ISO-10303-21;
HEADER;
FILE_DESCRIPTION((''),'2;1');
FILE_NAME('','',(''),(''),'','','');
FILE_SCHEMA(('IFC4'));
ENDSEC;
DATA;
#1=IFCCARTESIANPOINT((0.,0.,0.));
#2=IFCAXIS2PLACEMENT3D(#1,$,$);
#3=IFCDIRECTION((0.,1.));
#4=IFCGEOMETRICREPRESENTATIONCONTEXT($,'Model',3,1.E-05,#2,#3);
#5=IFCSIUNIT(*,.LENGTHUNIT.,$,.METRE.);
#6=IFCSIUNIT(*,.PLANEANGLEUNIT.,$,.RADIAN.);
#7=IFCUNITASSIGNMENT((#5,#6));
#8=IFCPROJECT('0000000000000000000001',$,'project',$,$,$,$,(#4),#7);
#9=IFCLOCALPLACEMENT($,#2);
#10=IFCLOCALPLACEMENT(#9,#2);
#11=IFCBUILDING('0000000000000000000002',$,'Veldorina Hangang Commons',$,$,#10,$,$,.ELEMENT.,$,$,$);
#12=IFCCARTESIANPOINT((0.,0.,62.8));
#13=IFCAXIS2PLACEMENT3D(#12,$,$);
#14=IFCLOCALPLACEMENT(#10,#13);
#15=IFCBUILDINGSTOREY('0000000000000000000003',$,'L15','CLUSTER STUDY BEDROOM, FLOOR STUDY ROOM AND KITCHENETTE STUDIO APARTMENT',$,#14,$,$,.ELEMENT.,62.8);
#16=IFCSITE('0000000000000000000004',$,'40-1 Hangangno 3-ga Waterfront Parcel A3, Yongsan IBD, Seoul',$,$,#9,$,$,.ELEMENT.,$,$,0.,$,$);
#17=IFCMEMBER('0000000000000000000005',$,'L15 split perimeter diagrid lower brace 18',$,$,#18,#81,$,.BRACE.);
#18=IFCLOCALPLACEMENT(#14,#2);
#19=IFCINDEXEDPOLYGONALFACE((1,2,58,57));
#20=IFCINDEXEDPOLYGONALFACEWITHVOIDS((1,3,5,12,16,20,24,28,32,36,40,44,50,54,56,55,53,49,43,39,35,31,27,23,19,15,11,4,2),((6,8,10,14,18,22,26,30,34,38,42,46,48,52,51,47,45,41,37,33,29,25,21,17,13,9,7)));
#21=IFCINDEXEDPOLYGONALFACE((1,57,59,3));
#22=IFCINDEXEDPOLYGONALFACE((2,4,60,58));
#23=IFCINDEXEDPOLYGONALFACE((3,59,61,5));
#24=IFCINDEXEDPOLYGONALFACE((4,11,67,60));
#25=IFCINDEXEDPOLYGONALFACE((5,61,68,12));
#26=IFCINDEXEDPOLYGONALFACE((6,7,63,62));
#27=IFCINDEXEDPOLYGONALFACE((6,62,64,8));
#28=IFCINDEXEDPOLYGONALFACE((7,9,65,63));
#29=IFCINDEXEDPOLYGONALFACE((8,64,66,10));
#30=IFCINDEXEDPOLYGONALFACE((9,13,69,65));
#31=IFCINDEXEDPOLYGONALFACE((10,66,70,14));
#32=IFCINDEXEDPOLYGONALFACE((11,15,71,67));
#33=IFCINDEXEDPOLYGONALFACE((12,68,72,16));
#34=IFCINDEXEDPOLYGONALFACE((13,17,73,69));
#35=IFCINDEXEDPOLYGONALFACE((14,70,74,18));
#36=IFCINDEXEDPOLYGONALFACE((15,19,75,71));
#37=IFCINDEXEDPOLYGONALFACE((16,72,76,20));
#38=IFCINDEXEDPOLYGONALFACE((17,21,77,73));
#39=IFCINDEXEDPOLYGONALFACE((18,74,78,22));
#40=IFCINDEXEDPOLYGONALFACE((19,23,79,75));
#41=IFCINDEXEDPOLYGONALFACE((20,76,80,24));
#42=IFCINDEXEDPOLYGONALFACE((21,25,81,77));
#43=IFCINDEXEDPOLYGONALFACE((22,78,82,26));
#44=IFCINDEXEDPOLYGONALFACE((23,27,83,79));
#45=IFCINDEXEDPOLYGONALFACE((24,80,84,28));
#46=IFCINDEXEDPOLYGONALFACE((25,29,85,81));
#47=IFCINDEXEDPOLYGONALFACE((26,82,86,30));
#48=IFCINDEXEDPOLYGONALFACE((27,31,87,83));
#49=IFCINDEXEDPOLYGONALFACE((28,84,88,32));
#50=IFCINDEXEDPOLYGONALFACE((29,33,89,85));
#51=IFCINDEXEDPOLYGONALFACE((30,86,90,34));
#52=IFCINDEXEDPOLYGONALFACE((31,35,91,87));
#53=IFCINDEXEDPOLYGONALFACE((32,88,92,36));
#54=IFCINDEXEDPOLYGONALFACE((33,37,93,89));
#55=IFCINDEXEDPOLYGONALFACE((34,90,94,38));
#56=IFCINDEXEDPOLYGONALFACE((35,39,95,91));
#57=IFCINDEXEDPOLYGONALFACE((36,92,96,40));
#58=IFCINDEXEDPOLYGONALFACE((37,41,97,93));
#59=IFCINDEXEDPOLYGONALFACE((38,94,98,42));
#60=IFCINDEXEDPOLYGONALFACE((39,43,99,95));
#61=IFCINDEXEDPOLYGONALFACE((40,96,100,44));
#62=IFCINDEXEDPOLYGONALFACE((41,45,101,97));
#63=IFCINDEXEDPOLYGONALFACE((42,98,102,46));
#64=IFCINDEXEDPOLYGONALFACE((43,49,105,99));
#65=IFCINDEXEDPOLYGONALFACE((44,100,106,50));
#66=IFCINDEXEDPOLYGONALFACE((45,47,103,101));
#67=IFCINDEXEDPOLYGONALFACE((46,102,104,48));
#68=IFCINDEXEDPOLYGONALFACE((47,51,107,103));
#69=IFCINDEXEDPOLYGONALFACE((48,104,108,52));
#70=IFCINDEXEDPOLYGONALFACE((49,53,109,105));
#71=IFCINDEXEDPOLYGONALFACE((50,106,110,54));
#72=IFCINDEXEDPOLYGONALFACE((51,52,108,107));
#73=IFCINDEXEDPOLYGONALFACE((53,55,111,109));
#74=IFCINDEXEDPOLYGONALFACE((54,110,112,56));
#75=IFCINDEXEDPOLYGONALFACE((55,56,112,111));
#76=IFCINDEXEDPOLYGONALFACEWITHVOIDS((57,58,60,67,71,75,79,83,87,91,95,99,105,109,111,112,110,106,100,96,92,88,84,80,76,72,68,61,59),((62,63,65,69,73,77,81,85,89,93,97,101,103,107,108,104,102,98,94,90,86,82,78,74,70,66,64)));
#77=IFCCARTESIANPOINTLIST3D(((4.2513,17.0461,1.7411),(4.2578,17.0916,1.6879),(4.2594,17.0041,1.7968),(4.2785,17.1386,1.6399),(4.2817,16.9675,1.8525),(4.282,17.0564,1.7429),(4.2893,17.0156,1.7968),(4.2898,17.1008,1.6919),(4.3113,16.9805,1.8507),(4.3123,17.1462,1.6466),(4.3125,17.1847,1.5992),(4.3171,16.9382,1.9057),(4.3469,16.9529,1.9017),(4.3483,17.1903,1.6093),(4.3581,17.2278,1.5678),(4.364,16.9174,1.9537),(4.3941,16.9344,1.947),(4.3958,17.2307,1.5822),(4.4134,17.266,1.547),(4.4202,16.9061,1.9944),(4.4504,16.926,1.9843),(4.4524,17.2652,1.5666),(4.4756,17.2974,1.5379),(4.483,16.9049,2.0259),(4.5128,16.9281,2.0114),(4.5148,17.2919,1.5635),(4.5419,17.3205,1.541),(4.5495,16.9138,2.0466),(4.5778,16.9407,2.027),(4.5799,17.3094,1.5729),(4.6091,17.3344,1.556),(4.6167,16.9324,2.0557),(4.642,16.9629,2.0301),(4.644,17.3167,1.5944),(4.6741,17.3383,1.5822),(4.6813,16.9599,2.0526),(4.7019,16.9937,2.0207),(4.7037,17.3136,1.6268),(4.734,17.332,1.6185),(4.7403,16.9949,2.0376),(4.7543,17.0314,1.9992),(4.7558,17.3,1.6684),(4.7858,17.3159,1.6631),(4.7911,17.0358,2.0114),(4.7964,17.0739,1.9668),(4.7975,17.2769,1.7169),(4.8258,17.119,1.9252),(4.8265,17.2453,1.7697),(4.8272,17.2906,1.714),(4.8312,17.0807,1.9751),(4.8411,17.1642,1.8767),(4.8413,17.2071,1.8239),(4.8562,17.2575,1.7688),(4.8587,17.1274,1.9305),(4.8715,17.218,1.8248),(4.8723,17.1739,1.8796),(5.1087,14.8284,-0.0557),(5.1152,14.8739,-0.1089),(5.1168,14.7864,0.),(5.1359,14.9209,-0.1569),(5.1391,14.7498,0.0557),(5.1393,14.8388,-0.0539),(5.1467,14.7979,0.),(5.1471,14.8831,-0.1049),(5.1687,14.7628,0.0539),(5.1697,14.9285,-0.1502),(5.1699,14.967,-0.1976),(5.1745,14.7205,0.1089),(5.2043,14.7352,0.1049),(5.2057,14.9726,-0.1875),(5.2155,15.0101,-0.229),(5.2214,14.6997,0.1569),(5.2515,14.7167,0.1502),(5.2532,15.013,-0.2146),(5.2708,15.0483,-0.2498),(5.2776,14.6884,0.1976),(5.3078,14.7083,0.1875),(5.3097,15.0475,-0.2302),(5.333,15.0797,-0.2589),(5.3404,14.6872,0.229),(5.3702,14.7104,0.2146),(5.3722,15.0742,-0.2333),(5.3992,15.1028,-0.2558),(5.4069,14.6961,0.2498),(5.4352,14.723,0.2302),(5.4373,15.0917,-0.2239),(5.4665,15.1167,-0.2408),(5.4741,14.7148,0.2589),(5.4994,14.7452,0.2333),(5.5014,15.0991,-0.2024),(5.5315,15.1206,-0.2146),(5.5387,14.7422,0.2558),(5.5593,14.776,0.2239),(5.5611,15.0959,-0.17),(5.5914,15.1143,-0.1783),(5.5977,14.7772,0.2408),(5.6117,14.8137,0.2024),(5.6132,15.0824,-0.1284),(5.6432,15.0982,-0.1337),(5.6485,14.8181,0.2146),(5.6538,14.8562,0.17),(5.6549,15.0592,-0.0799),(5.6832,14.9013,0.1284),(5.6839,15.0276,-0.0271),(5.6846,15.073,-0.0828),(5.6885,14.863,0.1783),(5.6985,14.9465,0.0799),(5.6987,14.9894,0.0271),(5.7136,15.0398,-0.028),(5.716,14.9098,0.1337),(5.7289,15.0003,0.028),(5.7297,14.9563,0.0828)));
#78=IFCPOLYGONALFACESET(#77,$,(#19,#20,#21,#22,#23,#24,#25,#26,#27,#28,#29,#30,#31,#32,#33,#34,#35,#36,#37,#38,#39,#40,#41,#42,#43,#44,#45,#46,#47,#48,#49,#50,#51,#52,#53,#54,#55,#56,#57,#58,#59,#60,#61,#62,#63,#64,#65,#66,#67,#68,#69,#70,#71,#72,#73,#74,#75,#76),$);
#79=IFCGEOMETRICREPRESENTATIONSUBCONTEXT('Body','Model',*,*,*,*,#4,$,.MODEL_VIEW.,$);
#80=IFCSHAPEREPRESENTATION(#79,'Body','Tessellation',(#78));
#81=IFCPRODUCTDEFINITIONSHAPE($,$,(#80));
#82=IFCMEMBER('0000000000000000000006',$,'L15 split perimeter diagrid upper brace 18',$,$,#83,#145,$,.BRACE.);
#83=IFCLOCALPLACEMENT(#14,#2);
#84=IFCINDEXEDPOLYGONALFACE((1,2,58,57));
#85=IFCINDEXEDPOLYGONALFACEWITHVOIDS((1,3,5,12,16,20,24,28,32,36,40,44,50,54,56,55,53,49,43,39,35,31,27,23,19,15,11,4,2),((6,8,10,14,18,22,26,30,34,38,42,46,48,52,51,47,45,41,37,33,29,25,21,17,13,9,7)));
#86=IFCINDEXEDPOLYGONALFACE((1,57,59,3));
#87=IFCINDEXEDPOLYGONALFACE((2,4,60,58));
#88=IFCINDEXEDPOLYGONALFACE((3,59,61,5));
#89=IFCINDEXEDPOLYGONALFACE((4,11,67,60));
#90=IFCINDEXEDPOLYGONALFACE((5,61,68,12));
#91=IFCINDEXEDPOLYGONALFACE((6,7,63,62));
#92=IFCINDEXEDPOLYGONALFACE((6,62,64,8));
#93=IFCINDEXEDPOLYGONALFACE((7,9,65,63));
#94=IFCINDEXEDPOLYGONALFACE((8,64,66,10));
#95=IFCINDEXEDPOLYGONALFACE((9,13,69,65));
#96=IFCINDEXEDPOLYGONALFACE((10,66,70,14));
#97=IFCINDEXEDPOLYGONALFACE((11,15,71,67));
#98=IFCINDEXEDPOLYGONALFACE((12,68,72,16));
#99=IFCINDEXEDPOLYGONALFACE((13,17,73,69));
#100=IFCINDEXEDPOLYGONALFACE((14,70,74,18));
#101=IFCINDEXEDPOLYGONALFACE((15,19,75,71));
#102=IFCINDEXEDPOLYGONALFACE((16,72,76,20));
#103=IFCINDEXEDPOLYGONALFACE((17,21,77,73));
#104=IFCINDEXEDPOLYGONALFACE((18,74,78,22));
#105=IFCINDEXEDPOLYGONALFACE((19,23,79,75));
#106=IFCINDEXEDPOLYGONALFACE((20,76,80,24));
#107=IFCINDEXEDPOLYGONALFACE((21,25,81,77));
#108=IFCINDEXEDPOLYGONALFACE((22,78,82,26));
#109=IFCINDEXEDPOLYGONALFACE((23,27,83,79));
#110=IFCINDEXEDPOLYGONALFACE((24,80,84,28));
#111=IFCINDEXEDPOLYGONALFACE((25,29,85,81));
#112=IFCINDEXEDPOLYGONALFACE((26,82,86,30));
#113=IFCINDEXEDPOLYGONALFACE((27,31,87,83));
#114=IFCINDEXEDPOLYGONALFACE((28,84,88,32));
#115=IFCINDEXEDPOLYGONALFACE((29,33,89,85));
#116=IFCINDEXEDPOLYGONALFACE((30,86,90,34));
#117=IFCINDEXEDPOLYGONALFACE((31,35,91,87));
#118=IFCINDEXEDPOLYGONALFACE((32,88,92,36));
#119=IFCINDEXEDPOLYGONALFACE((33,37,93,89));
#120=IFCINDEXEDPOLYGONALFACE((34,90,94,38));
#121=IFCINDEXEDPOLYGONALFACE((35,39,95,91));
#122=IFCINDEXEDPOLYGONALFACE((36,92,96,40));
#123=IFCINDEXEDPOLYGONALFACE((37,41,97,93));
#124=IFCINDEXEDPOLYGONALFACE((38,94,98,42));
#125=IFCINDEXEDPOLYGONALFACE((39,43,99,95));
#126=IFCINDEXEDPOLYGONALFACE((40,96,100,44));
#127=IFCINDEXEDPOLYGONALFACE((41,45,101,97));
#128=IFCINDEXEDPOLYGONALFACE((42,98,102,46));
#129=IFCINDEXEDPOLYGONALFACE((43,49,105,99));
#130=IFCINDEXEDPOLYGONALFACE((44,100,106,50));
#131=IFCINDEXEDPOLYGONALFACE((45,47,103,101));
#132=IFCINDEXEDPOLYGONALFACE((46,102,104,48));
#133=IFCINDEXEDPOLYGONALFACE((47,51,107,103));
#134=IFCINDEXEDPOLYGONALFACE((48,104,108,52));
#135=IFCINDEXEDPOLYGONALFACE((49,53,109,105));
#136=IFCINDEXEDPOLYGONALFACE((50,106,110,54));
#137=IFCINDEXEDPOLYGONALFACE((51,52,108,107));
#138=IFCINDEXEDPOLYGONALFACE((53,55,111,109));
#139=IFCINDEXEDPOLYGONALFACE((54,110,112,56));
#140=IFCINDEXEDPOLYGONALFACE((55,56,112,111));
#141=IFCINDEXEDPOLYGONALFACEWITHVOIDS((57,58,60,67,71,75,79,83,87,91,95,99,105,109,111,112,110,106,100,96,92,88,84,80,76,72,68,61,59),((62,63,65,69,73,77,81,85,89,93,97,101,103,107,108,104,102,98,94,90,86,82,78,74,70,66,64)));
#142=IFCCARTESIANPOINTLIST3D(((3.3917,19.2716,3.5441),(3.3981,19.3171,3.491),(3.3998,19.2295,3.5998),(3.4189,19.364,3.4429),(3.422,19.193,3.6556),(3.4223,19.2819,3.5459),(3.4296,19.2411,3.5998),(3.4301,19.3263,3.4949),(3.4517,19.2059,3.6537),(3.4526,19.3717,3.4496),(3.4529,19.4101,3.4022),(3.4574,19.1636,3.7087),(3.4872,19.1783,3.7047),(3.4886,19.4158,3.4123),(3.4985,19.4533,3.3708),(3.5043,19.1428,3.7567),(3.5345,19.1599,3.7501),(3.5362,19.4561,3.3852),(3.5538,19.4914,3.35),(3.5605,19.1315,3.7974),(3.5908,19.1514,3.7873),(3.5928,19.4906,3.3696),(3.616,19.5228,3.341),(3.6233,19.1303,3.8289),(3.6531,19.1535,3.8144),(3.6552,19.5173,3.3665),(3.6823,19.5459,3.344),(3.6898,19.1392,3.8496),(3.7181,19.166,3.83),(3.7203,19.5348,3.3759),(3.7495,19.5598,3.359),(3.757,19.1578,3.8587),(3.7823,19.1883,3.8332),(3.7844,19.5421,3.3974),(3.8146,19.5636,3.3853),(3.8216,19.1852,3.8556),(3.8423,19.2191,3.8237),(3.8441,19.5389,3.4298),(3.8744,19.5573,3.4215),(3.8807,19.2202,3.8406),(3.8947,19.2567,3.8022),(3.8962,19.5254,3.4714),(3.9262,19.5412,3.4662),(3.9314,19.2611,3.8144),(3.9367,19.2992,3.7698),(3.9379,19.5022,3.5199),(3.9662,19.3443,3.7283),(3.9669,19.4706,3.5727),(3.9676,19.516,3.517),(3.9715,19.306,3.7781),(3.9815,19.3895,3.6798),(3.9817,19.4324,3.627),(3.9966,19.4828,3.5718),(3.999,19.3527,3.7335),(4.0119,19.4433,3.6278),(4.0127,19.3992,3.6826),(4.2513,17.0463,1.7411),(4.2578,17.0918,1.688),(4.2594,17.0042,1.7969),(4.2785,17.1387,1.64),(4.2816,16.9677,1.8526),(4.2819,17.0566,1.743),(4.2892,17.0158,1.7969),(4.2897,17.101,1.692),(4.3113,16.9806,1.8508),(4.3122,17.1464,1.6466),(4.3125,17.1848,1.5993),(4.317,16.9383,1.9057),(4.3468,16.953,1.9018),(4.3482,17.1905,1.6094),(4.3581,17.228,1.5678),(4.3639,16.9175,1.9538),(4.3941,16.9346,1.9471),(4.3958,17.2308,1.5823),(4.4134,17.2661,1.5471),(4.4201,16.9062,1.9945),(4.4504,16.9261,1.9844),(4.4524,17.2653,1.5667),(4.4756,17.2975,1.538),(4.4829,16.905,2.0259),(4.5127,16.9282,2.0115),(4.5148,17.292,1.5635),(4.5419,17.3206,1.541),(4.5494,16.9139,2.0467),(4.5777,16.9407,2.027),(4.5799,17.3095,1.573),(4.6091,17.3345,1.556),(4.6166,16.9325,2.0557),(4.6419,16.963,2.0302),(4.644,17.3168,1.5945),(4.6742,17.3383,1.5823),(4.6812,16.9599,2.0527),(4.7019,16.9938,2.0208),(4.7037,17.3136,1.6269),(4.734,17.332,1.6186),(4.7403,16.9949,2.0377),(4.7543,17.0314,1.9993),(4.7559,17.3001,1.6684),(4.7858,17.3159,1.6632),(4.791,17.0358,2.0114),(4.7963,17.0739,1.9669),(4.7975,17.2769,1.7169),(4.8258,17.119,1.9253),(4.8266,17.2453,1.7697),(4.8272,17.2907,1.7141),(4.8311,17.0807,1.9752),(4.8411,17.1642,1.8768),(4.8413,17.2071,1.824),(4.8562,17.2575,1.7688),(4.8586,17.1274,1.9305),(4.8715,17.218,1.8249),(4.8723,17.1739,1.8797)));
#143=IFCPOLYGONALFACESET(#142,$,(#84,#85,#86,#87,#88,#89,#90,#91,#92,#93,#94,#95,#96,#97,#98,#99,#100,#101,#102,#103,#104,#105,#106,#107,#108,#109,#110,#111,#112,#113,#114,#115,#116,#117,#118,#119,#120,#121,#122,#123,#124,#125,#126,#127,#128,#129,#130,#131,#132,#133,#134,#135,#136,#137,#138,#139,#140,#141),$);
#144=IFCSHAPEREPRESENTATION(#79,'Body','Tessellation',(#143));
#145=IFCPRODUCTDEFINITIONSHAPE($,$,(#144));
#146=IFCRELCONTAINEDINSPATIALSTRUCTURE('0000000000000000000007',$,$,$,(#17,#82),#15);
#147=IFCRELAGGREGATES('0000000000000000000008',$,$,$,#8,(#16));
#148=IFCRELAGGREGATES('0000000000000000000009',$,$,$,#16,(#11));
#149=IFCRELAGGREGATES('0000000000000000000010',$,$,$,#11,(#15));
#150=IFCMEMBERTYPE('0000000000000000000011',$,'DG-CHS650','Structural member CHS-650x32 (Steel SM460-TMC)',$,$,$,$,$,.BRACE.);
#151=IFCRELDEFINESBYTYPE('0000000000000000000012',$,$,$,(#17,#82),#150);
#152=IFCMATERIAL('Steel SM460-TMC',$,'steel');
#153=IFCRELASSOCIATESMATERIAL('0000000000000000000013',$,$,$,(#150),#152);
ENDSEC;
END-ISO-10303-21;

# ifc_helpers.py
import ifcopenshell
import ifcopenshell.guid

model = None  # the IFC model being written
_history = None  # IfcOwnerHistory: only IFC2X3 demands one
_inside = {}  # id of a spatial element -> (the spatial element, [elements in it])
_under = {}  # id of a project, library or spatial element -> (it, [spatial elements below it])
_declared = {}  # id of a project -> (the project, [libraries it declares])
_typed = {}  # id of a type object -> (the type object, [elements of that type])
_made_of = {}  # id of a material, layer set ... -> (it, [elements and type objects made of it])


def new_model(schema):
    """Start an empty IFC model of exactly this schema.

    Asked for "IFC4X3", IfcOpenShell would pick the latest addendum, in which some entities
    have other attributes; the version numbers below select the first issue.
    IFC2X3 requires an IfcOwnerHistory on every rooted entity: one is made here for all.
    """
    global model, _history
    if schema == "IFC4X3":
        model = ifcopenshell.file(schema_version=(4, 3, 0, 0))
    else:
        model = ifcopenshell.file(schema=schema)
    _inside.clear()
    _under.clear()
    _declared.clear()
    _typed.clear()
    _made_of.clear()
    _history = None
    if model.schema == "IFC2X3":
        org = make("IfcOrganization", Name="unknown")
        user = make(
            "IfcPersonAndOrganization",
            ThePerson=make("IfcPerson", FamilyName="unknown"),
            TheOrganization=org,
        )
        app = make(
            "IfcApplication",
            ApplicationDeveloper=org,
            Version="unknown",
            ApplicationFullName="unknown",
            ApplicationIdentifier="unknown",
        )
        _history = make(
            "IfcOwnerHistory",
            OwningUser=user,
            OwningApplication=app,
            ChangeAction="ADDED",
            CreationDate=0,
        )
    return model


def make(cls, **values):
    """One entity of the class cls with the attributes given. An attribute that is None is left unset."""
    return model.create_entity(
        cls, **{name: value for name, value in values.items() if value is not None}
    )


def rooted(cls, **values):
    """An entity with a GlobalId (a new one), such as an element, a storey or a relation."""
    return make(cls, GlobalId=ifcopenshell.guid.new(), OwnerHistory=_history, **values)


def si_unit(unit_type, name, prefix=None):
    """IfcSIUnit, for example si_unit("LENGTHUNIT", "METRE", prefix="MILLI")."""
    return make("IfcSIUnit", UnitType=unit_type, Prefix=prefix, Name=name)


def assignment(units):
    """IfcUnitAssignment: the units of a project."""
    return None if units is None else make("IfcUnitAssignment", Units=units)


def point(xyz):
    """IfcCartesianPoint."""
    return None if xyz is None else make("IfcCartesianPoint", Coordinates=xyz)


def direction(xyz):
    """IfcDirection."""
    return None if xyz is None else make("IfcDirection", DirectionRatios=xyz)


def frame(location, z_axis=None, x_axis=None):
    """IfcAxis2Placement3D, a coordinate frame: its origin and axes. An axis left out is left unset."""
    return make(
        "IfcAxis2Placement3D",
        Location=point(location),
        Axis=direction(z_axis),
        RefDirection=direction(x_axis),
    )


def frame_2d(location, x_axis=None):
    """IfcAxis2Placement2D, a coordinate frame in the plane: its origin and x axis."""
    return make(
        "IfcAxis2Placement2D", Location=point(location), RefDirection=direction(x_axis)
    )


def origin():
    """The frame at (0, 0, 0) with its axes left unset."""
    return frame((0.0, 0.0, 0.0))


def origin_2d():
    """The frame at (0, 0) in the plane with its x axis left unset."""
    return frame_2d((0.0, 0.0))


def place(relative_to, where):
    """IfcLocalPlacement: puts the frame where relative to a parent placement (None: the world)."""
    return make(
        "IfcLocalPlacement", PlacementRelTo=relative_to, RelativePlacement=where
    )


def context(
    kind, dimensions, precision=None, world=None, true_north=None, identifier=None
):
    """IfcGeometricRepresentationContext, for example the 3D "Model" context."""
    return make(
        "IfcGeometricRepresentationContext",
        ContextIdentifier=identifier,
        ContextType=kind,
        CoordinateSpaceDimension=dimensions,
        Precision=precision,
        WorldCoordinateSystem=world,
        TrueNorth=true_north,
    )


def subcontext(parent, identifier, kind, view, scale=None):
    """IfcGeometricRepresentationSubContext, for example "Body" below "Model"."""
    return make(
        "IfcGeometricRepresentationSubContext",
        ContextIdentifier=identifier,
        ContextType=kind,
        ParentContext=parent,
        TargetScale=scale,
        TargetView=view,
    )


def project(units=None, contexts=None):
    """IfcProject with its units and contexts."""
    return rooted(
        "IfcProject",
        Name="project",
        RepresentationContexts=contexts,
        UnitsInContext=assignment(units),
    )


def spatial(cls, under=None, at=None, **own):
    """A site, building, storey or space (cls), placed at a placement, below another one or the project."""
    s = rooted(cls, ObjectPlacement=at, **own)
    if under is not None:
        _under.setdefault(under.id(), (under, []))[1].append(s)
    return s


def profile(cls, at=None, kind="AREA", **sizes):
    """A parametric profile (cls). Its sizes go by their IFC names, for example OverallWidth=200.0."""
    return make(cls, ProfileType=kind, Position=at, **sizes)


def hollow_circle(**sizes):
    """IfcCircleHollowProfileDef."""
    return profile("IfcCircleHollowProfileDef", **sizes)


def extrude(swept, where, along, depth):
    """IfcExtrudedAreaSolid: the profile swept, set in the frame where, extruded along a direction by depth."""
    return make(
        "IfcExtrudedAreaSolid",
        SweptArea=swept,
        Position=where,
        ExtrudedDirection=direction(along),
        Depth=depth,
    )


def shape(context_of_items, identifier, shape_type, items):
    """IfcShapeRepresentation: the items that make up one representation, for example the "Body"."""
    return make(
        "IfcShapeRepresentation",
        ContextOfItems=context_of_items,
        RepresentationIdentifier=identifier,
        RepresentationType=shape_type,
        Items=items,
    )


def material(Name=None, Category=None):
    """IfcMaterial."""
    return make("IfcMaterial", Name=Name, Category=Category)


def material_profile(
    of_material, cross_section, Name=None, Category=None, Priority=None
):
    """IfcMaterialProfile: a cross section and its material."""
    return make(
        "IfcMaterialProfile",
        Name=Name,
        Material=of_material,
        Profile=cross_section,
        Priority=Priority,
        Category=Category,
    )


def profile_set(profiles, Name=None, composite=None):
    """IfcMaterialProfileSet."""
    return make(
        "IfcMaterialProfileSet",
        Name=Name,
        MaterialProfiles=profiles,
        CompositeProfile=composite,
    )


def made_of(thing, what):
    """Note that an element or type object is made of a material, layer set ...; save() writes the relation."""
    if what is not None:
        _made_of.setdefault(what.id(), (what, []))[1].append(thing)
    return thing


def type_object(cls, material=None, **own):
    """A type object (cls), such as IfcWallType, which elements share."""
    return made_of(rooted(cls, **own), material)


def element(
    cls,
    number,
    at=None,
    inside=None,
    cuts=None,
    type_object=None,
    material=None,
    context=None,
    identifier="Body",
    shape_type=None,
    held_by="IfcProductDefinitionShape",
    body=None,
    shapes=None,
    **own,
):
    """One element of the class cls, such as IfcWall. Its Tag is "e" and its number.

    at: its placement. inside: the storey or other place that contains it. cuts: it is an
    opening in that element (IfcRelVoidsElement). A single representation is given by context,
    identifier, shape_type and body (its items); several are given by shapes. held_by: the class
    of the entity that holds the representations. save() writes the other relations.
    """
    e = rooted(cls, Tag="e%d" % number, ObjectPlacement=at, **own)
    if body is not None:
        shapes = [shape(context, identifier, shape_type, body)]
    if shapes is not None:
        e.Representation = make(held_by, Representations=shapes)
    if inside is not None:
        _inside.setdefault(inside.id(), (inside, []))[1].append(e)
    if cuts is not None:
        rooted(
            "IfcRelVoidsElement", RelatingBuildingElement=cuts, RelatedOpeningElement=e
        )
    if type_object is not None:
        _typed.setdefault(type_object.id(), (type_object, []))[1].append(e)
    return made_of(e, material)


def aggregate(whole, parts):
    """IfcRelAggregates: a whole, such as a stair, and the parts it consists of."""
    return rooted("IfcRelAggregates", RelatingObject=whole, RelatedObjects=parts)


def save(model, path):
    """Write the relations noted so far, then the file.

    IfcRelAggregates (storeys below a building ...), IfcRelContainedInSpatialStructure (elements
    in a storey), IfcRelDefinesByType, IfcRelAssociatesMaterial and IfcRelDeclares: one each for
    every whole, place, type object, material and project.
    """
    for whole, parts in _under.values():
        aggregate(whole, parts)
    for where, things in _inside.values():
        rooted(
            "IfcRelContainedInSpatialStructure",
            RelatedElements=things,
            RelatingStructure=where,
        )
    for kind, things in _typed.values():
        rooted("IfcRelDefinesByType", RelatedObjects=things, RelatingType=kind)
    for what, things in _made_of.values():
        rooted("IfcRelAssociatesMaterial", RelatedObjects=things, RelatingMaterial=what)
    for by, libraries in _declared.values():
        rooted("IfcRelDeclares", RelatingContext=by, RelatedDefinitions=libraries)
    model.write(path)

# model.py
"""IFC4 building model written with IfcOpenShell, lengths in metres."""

from ifc_helpers import new_model, si_unit, direction, frame, origin, origin_2d, place, context, subcontext, project, spatial, hollow_circle, extrude, material, material_profile, profile_set, type_object, element, save


model = new_model("IFC4")

# Units and contexts
model_context = context("Model", 3, precision=1e-05, world=origin(), true_north=direction((0.0, 1.0)))
body_context = subcontext(model_context, "Body", "Model", "MODEL_VIEW")
ifc_project = project(units=[si_unit("LENGTHUNIT", "METRE"), si_unit("PLANEANGLEUNIT", "RADIAN")], contexts=[model_context])

# Site, building, storey
site_placement = place(None, origin())
site = spatial("IfcSite", under=ifc_project, at=site_placement, Name="40-1 Hangangno 3-ga Waterfront Parcel A3, Yongsan IBD, Seoul", CompositionType="ELEMENT", RefElevation=0.0)
building_placement = place(site_placement, origin())
building = spatial("IfcBuilding", under=site, at=building_placement, Name="Veldorina Hangang Commons", CompositionType="ELEMENT")
storey_placement = place(building_placement, frame((0.0, 0.0, 62.8)))
storey = spatial("IfcBuildingStorey", under=building, at=storey_placement, Name="L15", Description="CLUSTER STUDY BEDROOM, FLOOR STUDY ROOM AND KITCHENETTE STUDIO APARTMENT", CompositionType="ELEMENT", Elevation=62.8)

# Members
ifc_material_1 = material(Name="Steel SM460-TMC", Category="steel")
ifc_material_profile_1 = material_profile(ifc_material_1, hollow_circle(Radius=0.325, WallThickness=0.032, at=origin_2d()), Name="CHS-650x32")
ifc_profile_set_1 = profile_set([ifc_material_profile_1], Name="Steel SM460-TMC")
member_type = type_object("IfcMemberType", Name="DG-CHS650", Description="Structural member CHS-650x32 (Steel SM460-TMC)", PredefinedType="BRACE", material=ifc_profile_set_1)
member_1_placement = place(storey_placement, frame((5.4199, 14.9036, 0.0), z_axis=(-0.287692, 0.744133, 0.602909), x_axis=(-0.93272, -0.360602, 0.0)))
element("IfcMember", 1, at=member_1_placement, inside=storey, type_object=member_type, Name="L15 split perimeter diagrid lower brace 18", PredefinedType="BRACE", context=body_context, shape_type="SweptSolid", body=[
    extrude(hollow_circle(Radius=0.325, WallThickness=0.032, at=origin_2d()), origin(), (0.0, 0.0, 1.0), 2.9802),
])
member_2_placement = place(storey_placement, frame((4.5625, 17.1213, 1.7969), z_axis=(-0.28747, 0.74419, 0.602945), x_axis=(-0.932822, -0.360337, 0.0)))
element("IfcMember", 2, at=member_2_placement, inside=storey, type_object=member_type, Name="L15 split perimeter diagrid upper brace 18", PredefinedType="BRACE", context=body_context, shape_type="SweptSolid", body=[
    extrude(hollow_circle(Radius=0.325, WallThickness=0.032, at=origin_2d()), origin(), (0.0, 0.0, 1.0), 2.9902),
])

save(model, "model.ifc")
